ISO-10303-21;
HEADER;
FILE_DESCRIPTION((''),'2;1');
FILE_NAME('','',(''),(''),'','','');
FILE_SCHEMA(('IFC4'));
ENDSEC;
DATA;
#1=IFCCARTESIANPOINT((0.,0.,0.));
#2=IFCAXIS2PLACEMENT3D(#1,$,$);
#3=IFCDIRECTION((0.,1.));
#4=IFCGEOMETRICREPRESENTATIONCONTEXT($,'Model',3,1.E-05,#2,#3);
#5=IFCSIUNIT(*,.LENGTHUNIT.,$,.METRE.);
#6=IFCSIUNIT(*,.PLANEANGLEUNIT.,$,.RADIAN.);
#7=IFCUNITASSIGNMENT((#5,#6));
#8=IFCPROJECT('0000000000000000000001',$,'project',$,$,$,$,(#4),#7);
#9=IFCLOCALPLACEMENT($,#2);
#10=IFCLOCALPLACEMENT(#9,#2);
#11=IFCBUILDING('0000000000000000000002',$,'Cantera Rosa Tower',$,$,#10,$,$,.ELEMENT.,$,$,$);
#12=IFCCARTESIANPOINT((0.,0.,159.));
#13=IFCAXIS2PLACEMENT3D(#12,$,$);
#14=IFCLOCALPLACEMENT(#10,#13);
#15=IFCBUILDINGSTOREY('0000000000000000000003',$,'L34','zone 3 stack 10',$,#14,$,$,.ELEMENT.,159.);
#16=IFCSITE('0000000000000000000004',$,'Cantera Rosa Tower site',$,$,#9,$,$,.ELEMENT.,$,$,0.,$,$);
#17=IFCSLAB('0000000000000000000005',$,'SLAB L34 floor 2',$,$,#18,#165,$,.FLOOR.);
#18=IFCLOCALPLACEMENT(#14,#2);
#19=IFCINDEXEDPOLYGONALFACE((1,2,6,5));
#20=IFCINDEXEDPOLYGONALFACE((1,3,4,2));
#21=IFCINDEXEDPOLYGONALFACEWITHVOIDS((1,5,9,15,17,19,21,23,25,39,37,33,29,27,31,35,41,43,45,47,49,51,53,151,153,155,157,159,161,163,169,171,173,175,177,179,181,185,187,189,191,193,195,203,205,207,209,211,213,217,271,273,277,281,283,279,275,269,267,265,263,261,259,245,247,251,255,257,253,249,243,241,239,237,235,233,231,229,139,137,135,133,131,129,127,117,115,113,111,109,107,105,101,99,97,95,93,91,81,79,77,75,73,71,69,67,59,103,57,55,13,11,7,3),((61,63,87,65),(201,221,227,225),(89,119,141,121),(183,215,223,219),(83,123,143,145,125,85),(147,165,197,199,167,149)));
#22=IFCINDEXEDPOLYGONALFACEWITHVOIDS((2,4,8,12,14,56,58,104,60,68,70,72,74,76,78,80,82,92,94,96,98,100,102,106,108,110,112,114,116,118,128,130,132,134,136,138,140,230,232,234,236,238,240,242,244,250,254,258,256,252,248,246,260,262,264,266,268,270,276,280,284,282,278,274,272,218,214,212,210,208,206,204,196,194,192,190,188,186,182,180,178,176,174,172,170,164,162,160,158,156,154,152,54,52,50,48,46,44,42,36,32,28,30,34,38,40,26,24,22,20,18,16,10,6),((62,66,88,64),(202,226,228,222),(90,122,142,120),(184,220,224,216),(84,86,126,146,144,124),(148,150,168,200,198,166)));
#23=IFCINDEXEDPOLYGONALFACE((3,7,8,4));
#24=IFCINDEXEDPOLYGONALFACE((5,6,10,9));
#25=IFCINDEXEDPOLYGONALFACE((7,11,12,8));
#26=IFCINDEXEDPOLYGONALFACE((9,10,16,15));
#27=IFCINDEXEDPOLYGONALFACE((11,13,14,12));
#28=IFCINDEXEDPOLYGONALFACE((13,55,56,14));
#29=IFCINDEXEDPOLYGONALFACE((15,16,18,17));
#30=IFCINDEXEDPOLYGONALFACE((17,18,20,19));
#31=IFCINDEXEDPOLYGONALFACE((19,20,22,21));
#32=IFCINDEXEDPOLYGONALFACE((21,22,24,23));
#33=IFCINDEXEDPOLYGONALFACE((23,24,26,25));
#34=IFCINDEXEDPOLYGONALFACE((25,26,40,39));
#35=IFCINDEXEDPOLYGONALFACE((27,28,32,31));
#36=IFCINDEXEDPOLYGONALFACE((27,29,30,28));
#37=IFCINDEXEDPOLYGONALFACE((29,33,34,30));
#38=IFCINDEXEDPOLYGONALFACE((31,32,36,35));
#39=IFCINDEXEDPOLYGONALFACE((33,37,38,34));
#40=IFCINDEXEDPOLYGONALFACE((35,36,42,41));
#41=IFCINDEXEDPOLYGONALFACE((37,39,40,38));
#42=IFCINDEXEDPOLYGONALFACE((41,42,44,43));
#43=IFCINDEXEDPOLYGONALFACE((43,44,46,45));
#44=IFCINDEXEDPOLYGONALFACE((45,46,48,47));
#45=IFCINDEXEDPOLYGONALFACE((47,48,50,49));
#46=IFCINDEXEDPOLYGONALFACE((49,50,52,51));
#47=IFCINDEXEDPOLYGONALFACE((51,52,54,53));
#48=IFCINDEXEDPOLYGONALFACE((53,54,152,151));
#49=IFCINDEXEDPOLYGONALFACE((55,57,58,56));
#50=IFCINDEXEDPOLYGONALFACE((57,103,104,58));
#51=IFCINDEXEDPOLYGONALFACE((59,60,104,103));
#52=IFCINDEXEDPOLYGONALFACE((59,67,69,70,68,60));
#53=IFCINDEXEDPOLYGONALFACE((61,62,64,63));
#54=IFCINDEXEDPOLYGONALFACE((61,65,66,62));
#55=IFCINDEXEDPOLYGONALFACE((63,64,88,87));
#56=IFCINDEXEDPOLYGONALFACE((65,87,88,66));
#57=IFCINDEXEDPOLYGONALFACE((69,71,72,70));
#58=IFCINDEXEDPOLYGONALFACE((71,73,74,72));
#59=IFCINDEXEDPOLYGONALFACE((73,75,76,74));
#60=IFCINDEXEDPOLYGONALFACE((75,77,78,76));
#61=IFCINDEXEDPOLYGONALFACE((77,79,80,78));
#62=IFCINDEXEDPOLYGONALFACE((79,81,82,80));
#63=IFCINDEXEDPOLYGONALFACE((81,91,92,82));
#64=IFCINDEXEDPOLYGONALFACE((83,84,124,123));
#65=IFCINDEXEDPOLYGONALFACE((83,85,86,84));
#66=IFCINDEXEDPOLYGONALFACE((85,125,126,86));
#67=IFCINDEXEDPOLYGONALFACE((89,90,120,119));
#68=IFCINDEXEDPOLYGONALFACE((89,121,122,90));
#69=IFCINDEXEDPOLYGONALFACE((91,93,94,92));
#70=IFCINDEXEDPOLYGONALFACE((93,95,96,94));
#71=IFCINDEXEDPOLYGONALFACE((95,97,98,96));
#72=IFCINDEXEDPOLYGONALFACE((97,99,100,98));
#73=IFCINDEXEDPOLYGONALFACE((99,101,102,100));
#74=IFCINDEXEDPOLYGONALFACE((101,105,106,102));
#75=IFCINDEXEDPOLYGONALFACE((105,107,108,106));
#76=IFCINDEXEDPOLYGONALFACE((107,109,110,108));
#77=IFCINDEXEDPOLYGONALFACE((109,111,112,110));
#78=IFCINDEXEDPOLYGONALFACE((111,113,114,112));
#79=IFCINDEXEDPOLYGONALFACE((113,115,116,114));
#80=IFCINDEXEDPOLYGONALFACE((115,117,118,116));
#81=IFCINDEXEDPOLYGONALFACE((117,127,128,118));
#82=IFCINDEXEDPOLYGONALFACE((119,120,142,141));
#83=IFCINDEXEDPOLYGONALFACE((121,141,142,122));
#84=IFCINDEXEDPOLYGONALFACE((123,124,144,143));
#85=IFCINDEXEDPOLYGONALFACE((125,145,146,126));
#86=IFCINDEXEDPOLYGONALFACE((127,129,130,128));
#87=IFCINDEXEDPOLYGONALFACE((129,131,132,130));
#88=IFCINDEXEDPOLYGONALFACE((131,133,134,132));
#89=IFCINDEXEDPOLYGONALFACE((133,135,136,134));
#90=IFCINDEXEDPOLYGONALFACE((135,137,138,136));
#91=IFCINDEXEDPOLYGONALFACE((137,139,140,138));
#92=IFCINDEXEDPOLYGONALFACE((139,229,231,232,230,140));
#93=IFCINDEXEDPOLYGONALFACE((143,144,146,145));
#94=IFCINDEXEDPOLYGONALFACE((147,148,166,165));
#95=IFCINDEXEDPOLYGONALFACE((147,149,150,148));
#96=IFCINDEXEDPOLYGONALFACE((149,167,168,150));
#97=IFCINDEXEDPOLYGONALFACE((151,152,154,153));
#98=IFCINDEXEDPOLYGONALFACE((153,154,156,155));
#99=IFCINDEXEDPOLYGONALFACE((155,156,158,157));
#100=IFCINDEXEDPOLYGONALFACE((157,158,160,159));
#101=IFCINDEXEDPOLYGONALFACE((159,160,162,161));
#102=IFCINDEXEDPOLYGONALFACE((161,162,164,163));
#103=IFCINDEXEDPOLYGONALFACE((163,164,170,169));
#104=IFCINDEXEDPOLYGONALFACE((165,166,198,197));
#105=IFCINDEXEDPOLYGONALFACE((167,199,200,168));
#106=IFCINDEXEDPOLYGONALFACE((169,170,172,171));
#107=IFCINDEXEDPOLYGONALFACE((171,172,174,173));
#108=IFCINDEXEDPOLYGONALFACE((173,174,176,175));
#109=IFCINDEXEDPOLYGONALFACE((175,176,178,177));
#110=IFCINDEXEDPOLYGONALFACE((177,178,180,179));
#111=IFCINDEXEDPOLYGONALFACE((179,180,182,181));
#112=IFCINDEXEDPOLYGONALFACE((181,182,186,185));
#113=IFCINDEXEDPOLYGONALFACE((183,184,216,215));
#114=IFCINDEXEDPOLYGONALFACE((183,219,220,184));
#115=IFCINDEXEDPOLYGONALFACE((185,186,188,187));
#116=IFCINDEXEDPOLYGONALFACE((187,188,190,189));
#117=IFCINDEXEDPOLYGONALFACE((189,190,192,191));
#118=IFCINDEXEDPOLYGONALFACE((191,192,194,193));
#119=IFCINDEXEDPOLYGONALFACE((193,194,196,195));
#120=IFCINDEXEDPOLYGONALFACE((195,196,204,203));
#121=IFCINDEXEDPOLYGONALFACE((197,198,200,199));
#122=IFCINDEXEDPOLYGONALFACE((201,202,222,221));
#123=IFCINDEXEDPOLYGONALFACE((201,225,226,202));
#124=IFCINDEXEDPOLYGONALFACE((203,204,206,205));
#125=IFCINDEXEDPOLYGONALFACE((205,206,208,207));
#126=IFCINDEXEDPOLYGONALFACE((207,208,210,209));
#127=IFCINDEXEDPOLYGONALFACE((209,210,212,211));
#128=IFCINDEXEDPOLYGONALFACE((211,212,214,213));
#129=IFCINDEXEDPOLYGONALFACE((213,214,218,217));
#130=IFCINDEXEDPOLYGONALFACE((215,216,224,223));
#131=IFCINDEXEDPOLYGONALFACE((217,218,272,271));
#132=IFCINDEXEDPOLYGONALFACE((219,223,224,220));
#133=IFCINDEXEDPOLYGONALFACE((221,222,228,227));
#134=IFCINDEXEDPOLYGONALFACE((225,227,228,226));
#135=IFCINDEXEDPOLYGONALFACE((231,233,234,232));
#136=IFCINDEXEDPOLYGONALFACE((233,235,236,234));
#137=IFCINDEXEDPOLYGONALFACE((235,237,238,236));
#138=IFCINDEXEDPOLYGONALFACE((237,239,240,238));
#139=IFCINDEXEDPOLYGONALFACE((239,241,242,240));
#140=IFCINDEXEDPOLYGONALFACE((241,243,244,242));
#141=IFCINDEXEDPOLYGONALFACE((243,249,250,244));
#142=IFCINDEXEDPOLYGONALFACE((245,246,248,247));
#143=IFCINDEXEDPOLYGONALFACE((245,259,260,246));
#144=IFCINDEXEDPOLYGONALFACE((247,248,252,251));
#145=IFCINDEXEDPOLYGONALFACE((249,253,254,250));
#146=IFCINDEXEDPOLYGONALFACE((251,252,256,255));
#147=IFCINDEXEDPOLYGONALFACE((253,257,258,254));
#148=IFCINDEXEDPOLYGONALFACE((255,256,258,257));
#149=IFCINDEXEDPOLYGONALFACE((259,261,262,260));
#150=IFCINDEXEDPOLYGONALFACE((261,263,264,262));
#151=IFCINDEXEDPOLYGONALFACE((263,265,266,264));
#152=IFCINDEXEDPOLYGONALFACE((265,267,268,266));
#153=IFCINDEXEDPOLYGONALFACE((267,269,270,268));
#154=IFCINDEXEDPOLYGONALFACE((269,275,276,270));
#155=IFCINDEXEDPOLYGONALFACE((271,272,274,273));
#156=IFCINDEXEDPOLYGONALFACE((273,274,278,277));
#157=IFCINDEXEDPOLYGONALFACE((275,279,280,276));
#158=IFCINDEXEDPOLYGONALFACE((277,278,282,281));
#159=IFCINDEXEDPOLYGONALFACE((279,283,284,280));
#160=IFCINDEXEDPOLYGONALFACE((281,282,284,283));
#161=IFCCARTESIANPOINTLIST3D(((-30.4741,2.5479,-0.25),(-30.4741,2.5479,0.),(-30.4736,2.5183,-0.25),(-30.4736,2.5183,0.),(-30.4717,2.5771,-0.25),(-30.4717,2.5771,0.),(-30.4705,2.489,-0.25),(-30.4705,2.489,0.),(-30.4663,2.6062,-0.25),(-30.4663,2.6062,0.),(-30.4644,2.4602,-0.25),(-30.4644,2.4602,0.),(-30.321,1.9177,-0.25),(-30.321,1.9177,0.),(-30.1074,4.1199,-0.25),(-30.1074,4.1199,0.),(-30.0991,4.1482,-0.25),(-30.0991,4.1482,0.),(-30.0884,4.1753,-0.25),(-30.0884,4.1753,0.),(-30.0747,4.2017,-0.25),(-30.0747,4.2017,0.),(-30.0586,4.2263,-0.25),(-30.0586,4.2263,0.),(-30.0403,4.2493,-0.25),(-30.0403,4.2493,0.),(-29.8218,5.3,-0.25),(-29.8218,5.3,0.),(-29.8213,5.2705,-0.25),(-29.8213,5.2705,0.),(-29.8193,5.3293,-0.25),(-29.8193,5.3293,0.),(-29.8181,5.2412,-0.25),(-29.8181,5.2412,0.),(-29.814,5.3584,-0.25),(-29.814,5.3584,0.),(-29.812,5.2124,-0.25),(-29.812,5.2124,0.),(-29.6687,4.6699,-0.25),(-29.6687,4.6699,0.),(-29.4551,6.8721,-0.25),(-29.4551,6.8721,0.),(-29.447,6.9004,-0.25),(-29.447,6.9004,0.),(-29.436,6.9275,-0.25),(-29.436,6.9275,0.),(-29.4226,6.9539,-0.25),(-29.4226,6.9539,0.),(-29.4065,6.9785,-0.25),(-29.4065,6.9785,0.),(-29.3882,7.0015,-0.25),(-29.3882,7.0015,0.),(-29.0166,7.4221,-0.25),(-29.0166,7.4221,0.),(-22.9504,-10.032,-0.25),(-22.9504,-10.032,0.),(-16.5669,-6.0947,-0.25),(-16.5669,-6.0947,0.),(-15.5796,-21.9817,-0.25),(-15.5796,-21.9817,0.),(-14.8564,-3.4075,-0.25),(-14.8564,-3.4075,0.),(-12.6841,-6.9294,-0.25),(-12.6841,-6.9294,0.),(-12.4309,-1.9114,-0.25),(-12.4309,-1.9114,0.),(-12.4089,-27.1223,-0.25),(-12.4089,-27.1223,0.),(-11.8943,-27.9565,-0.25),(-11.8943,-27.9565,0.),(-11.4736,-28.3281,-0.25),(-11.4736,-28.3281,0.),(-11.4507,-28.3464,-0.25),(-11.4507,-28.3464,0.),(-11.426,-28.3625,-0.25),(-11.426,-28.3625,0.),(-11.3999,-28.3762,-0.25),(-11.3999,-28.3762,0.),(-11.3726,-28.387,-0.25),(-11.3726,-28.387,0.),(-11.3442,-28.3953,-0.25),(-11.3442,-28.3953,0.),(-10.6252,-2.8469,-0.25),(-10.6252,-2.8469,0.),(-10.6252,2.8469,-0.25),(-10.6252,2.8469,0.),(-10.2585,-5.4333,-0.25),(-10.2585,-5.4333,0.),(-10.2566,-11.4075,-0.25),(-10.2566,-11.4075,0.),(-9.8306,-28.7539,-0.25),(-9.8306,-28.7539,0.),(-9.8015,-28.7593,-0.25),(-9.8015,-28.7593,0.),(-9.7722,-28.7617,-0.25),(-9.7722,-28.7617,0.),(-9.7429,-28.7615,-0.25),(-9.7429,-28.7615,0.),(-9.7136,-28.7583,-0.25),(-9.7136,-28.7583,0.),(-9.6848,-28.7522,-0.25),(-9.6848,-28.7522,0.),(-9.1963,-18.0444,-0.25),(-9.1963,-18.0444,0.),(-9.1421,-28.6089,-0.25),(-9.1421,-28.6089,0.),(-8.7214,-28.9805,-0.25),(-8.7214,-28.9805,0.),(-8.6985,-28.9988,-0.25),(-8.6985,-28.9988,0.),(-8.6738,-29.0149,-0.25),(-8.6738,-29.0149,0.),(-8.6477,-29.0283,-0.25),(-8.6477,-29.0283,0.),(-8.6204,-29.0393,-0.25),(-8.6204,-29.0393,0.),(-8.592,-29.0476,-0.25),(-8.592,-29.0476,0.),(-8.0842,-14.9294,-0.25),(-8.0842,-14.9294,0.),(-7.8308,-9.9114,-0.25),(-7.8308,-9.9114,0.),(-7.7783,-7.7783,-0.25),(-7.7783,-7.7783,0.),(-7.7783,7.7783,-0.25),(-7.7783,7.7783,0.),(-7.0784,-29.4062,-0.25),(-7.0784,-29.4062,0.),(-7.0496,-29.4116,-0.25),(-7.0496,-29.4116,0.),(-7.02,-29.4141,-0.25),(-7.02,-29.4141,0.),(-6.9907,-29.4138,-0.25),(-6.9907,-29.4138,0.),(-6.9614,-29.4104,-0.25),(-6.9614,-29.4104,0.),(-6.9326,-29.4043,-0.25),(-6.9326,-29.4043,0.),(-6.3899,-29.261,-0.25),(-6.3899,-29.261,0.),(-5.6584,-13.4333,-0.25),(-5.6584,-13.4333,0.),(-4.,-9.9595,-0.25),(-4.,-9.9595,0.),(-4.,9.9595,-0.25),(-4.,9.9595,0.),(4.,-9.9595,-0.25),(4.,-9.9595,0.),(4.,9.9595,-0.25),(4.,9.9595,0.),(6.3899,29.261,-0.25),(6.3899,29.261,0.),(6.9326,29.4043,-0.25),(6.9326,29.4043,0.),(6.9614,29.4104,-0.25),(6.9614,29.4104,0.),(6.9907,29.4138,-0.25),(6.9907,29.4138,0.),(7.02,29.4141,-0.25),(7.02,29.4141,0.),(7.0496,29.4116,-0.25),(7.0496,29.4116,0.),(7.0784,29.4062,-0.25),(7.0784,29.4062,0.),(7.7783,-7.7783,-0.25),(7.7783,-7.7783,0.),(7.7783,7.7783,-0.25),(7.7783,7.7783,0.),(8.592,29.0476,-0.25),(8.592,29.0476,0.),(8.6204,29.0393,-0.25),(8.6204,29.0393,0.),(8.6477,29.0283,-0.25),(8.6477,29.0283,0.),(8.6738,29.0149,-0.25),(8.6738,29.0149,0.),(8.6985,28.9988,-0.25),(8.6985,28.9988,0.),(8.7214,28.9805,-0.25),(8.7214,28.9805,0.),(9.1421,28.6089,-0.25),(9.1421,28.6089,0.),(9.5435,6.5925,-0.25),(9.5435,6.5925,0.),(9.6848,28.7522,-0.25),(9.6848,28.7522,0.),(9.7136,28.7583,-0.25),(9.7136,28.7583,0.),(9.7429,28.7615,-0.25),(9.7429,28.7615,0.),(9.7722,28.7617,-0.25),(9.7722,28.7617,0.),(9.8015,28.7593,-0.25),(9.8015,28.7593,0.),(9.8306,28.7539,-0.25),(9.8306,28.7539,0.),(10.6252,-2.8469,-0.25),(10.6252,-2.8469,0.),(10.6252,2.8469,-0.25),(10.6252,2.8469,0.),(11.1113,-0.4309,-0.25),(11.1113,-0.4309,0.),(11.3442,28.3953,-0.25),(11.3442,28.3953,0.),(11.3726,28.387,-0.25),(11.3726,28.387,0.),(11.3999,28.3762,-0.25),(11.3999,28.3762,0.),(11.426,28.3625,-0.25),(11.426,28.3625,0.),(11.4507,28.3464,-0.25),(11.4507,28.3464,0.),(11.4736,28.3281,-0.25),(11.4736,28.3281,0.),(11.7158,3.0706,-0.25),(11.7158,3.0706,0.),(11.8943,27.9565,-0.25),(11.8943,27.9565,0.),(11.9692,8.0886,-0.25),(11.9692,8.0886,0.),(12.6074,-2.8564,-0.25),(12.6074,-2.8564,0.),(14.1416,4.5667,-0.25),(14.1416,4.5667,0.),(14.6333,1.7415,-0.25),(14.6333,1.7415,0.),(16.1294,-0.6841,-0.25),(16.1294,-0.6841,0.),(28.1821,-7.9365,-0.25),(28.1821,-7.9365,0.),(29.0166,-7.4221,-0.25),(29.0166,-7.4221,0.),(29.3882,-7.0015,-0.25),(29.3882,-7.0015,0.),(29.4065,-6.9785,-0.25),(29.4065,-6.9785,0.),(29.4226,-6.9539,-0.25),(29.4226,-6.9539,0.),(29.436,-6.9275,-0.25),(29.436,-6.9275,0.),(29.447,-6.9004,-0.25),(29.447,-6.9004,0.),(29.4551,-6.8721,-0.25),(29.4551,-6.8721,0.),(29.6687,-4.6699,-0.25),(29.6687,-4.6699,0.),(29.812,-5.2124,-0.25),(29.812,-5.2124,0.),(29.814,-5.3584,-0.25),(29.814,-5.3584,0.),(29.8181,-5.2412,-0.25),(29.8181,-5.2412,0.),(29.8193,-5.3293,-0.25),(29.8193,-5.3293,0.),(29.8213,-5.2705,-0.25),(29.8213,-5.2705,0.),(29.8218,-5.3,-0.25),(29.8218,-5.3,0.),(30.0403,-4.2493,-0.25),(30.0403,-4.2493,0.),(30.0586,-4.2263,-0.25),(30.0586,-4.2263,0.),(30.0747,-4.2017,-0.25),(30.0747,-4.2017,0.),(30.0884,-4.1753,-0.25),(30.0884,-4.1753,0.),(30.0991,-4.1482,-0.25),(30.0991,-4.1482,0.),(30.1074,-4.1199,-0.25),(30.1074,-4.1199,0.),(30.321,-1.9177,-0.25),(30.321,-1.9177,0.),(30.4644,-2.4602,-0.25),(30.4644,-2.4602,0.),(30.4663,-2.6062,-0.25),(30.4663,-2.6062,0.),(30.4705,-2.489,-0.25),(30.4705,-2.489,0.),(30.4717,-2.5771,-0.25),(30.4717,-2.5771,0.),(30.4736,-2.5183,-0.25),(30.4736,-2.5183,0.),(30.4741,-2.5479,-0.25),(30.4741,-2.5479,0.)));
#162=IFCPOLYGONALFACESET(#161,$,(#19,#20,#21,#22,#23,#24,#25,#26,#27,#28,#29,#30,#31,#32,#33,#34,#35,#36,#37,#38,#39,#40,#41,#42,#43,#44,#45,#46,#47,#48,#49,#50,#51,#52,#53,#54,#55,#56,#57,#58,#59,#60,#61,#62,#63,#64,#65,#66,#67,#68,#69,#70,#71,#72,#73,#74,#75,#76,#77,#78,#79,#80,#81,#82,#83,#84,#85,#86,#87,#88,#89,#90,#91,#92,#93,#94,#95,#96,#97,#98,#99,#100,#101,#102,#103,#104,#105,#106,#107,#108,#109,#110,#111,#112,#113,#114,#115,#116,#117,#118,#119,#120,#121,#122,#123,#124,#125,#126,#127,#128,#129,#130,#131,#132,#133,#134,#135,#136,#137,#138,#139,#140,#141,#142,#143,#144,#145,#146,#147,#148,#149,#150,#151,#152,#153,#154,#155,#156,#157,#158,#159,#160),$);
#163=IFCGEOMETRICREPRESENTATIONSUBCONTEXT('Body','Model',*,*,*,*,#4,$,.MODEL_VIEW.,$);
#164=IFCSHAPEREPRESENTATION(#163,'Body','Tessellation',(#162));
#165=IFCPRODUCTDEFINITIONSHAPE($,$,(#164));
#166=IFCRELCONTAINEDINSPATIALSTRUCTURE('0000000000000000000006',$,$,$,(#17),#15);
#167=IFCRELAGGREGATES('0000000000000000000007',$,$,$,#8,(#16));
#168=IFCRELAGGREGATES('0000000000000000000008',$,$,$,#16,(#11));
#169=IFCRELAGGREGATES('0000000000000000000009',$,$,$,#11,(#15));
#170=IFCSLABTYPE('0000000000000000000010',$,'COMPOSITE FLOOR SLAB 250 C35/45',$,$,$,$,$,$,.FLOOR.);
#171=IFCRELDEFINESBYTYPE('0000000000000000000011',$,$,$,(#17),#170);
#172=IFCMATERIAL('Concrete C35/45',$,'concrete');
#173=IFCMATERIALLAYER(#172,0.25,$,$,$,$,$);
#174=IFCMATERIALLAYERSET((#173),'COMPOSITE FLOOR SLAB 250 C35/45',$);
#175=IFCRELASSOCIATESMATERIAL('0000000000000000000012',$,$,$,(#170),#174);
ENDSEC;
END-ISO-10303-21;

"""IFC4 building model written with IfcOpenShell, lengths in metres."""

from ifc_helpers import new_model, si_unit, direction, frame, origin, place, context, subcontext, project, spatial, polyline, outline, extrude, material, layer, layer_set, type_object, element, save


model = new_model("IFC4")

# Units and contexts
model_context = context("Model", 3, precision=1e-05, world=origin(), true_north=direction((0.0, 1.0)))
body_context = subcontext(model_context, "Body", "Model", "MODEL_VIEW")
ifc_project = project(units=[si_unit("LENGTHUNIT", "METRE"), si_unit("PLANEANGLEUNIT", "RADIAN")], contexts=[model_context])

# Site, building, storey
site_placement = place(None, origin())
site = spatial("IfcSite", under=ifc_project, at=site_placement, Name="Cantera Rosa Tower site", CompositionType="ELEMENT", RefElevation=0.0)
building_placement = place(site_placement, origin())
building = spatial("IfcBuilding", under=site, at=building_placement, Name="Cantera Rosa Tower", CompositionType="ELEMENT")
storey_placement = place(building_placement, frame((0.0, 0.0, 159.0)))
storey = spatial("IfcBuildingStorey", under=building, at=storey_placement, Name="L34", Description="zone 3 stack 10", CompositionType="ELEMENT", Elevation=159.0)

# Slab
ifc_material_1 = material(Name="Concrete C35/45", Category="concrete")
ifc_layer_1 = layer(ifc_material_1, 0.25)
ifc_layer_set_1 = layer_set([ifc_layer_1], Name="COMPOSITE FLOOR SLAB 250 C35/45")
slab_type_1 = type_object("IfcSlabType", Name="COMPOSITE FLOOR SLAB 250 C35/45", PredefinedType="FLOOR", material=ifc_layer_set_1)
slab_1_placement = place(storey_placement, frame((0.0, 0.0, -0.25)))
element("IfcSlab", 1, at=slab_1_placement, inside=storey, type_object=slab_type_1, Name="SLAB L34 floor 2", PredefinedType="FLOOR", context=body_context, shape_type="SweptSolid", body=[
    extrude(outline(polyline([(-8.6738, -29.0149), (-8.6985, -28.9988), (-8.7214, -28.9805), (-9.1421, -28.6089), (-9.6848, -28.7522), (-9.7136, -28.7583), (-9.7429, -28.7615), (-9.7722, -28.7617), (-9.8015, -28.7593), (-9.8306, -28.7539), (-11.3442, -28.3953), (-11.3726, -28.387), (-11.3999, -28.3762), (-11.426, -28.3625), (-11.4507, -28.3464), (-11.4736, -28.3281), (-11.8943, -27.9565), (-12.4089, -27.1223), (-15.5796, -21.9817), (-9.1963, -18.0444), (-16.5669, -6.0947), (-22.9504, -10.032), (-30.321, 1.9177), (-30.4644, 2.4602), (-30.4705, 2.489), (-30.4736, 2.5183), (-30.4741, 2.5479), (-30.4717, 2.5771), (-30.4663, 2.6062), (-30.1074, 4.1199), (-30.0991, 4.1482), (-30.0884, 4.1753), (-30.0747, 4.2017), (-30.0586, 4.2263), (-30.0403, 4.2493), (-29.6687, 4.6699), (-29.812, 5.2124), (-29.8181, 5.2412), (-29.8213, 5.2705), (-29.8218, 5.3), (-29.8193, 5.3293), (-29.814, 5.3584), (-29.4551, 6.8721), (-29.447, 6.9004), (-29.436, 6.9275), (-29.4226, 6.9539), (-29.4065, 6.9785), (-29.3882, 7.0015), (-29.0166, 7.4221), (6.3899, 29.261), (6.9326, 29.4043), (6.9614, 29.4104), (6.9907, 29.4138), (7.02, 29.4141), (7.0496, 29.4116), (7.0784, 29.4062), (8.592, 29.0476), (8.6204, 29.0393), (8.6477, 29.0283), (8.6738, 29.0149), (8.6985, 28.9988), (8.7214, 28.9805), (9.1421, 28.6089), (9.6848, 28.7522), (9.7136, 28.7583), (9.7429, 28.7615), (9.7722, 28.7617), (9.8015, 28.7593), (9.8306, 28.7539), (11.3442, 28.3953), (11.3726, 28.387), (11.3999, 28.3762), (11.426, 28.3625), (11.4507, 28.3464), (11.4736, 28.3281), (11.8943, 27.9565), (30.321, -1.9177), (30.4644, -2.4602), (30.4705, -2.489), (30.4736, -2.5183), (30.4741, -2.5479), (30.4717, -2.5771), (30.4663, -2.6062), (30.1074, -4.1199), (30.0991, -4.1482), (30.0884, -4.1753), (30.0747, -4.2017), (30.0586, -4.2263), (30.0403, -4.2493), (29.6687, -4.6699), (29.812, -5.2124), (29.8181, -5.2412), (29.8213, -5.2705), (29.8218, -5.3), (29.8193, -5.3293), (29.814, -5.3584), (29.4551, -6.8721), (29.447, -6.9004), (29.436, -6.9275), (29.4226, -6.9539), (29.4065, -6.9785), (29.3882, -7.0015), (29.0166, -7.4221), (28.1821, -7.9365), (-6.3899, -29.261), (-6.9326, -29.4043), (-6.9614, -29.4104), (-6.9907, -29.4138), (-7.02, -29.4141), (-7.0496, -29.4116), (-7.0784, -29.4062), (-8.592, -29.0476), (-8.6204, -29.0393), (-8.6477, -29.0283), (-8.6738, -29.0149)]), holes=[polyline([(-7.8308, -9.9114), (-10.2566, -11.4075), (-8.0842, -14.9294), (-5.6584, -13.4333), (-7.8308, -9.9114)]), polyline([(-12.4309, -1.9114), (-14.8564, -3.4075), (-12.6841, -6.9294), (-10.2585, -5.4333), (-12.4309, -1.9114)]), polyline([(-10.6252, 2.8469), (-10.6252, -2.8469), (-7.7783, -7.7783), (-4.0, -9.9595), (-4.0, 9.9595), (-7.7783, 7.7783), (-10.6252, 2.8469)]), polyline([(11.1113, -0.4309), (12.6074, -2.8564), (16.1294, -0.6841), (14.6333, 1.7415), (11.1113, -0.4309)]), polyline([(10.6252, -2.8469), (10.6252, 2.8469), (7.7783, 7.7783), (4.0, 9.9595), (4.0, -9.9595), (7.7783, -7.7783), (10.6252, -2.8469)]), polyline([(11.9692, 8.0886), (9.5435, 6.5925), (11.7158, 3.0706), (14.1416, 4.5667), (11.9692, 8.0886)])]), origin(), (0.0, 0.0, 1.0), 0.25),
])

save(model, "model.ifc")
